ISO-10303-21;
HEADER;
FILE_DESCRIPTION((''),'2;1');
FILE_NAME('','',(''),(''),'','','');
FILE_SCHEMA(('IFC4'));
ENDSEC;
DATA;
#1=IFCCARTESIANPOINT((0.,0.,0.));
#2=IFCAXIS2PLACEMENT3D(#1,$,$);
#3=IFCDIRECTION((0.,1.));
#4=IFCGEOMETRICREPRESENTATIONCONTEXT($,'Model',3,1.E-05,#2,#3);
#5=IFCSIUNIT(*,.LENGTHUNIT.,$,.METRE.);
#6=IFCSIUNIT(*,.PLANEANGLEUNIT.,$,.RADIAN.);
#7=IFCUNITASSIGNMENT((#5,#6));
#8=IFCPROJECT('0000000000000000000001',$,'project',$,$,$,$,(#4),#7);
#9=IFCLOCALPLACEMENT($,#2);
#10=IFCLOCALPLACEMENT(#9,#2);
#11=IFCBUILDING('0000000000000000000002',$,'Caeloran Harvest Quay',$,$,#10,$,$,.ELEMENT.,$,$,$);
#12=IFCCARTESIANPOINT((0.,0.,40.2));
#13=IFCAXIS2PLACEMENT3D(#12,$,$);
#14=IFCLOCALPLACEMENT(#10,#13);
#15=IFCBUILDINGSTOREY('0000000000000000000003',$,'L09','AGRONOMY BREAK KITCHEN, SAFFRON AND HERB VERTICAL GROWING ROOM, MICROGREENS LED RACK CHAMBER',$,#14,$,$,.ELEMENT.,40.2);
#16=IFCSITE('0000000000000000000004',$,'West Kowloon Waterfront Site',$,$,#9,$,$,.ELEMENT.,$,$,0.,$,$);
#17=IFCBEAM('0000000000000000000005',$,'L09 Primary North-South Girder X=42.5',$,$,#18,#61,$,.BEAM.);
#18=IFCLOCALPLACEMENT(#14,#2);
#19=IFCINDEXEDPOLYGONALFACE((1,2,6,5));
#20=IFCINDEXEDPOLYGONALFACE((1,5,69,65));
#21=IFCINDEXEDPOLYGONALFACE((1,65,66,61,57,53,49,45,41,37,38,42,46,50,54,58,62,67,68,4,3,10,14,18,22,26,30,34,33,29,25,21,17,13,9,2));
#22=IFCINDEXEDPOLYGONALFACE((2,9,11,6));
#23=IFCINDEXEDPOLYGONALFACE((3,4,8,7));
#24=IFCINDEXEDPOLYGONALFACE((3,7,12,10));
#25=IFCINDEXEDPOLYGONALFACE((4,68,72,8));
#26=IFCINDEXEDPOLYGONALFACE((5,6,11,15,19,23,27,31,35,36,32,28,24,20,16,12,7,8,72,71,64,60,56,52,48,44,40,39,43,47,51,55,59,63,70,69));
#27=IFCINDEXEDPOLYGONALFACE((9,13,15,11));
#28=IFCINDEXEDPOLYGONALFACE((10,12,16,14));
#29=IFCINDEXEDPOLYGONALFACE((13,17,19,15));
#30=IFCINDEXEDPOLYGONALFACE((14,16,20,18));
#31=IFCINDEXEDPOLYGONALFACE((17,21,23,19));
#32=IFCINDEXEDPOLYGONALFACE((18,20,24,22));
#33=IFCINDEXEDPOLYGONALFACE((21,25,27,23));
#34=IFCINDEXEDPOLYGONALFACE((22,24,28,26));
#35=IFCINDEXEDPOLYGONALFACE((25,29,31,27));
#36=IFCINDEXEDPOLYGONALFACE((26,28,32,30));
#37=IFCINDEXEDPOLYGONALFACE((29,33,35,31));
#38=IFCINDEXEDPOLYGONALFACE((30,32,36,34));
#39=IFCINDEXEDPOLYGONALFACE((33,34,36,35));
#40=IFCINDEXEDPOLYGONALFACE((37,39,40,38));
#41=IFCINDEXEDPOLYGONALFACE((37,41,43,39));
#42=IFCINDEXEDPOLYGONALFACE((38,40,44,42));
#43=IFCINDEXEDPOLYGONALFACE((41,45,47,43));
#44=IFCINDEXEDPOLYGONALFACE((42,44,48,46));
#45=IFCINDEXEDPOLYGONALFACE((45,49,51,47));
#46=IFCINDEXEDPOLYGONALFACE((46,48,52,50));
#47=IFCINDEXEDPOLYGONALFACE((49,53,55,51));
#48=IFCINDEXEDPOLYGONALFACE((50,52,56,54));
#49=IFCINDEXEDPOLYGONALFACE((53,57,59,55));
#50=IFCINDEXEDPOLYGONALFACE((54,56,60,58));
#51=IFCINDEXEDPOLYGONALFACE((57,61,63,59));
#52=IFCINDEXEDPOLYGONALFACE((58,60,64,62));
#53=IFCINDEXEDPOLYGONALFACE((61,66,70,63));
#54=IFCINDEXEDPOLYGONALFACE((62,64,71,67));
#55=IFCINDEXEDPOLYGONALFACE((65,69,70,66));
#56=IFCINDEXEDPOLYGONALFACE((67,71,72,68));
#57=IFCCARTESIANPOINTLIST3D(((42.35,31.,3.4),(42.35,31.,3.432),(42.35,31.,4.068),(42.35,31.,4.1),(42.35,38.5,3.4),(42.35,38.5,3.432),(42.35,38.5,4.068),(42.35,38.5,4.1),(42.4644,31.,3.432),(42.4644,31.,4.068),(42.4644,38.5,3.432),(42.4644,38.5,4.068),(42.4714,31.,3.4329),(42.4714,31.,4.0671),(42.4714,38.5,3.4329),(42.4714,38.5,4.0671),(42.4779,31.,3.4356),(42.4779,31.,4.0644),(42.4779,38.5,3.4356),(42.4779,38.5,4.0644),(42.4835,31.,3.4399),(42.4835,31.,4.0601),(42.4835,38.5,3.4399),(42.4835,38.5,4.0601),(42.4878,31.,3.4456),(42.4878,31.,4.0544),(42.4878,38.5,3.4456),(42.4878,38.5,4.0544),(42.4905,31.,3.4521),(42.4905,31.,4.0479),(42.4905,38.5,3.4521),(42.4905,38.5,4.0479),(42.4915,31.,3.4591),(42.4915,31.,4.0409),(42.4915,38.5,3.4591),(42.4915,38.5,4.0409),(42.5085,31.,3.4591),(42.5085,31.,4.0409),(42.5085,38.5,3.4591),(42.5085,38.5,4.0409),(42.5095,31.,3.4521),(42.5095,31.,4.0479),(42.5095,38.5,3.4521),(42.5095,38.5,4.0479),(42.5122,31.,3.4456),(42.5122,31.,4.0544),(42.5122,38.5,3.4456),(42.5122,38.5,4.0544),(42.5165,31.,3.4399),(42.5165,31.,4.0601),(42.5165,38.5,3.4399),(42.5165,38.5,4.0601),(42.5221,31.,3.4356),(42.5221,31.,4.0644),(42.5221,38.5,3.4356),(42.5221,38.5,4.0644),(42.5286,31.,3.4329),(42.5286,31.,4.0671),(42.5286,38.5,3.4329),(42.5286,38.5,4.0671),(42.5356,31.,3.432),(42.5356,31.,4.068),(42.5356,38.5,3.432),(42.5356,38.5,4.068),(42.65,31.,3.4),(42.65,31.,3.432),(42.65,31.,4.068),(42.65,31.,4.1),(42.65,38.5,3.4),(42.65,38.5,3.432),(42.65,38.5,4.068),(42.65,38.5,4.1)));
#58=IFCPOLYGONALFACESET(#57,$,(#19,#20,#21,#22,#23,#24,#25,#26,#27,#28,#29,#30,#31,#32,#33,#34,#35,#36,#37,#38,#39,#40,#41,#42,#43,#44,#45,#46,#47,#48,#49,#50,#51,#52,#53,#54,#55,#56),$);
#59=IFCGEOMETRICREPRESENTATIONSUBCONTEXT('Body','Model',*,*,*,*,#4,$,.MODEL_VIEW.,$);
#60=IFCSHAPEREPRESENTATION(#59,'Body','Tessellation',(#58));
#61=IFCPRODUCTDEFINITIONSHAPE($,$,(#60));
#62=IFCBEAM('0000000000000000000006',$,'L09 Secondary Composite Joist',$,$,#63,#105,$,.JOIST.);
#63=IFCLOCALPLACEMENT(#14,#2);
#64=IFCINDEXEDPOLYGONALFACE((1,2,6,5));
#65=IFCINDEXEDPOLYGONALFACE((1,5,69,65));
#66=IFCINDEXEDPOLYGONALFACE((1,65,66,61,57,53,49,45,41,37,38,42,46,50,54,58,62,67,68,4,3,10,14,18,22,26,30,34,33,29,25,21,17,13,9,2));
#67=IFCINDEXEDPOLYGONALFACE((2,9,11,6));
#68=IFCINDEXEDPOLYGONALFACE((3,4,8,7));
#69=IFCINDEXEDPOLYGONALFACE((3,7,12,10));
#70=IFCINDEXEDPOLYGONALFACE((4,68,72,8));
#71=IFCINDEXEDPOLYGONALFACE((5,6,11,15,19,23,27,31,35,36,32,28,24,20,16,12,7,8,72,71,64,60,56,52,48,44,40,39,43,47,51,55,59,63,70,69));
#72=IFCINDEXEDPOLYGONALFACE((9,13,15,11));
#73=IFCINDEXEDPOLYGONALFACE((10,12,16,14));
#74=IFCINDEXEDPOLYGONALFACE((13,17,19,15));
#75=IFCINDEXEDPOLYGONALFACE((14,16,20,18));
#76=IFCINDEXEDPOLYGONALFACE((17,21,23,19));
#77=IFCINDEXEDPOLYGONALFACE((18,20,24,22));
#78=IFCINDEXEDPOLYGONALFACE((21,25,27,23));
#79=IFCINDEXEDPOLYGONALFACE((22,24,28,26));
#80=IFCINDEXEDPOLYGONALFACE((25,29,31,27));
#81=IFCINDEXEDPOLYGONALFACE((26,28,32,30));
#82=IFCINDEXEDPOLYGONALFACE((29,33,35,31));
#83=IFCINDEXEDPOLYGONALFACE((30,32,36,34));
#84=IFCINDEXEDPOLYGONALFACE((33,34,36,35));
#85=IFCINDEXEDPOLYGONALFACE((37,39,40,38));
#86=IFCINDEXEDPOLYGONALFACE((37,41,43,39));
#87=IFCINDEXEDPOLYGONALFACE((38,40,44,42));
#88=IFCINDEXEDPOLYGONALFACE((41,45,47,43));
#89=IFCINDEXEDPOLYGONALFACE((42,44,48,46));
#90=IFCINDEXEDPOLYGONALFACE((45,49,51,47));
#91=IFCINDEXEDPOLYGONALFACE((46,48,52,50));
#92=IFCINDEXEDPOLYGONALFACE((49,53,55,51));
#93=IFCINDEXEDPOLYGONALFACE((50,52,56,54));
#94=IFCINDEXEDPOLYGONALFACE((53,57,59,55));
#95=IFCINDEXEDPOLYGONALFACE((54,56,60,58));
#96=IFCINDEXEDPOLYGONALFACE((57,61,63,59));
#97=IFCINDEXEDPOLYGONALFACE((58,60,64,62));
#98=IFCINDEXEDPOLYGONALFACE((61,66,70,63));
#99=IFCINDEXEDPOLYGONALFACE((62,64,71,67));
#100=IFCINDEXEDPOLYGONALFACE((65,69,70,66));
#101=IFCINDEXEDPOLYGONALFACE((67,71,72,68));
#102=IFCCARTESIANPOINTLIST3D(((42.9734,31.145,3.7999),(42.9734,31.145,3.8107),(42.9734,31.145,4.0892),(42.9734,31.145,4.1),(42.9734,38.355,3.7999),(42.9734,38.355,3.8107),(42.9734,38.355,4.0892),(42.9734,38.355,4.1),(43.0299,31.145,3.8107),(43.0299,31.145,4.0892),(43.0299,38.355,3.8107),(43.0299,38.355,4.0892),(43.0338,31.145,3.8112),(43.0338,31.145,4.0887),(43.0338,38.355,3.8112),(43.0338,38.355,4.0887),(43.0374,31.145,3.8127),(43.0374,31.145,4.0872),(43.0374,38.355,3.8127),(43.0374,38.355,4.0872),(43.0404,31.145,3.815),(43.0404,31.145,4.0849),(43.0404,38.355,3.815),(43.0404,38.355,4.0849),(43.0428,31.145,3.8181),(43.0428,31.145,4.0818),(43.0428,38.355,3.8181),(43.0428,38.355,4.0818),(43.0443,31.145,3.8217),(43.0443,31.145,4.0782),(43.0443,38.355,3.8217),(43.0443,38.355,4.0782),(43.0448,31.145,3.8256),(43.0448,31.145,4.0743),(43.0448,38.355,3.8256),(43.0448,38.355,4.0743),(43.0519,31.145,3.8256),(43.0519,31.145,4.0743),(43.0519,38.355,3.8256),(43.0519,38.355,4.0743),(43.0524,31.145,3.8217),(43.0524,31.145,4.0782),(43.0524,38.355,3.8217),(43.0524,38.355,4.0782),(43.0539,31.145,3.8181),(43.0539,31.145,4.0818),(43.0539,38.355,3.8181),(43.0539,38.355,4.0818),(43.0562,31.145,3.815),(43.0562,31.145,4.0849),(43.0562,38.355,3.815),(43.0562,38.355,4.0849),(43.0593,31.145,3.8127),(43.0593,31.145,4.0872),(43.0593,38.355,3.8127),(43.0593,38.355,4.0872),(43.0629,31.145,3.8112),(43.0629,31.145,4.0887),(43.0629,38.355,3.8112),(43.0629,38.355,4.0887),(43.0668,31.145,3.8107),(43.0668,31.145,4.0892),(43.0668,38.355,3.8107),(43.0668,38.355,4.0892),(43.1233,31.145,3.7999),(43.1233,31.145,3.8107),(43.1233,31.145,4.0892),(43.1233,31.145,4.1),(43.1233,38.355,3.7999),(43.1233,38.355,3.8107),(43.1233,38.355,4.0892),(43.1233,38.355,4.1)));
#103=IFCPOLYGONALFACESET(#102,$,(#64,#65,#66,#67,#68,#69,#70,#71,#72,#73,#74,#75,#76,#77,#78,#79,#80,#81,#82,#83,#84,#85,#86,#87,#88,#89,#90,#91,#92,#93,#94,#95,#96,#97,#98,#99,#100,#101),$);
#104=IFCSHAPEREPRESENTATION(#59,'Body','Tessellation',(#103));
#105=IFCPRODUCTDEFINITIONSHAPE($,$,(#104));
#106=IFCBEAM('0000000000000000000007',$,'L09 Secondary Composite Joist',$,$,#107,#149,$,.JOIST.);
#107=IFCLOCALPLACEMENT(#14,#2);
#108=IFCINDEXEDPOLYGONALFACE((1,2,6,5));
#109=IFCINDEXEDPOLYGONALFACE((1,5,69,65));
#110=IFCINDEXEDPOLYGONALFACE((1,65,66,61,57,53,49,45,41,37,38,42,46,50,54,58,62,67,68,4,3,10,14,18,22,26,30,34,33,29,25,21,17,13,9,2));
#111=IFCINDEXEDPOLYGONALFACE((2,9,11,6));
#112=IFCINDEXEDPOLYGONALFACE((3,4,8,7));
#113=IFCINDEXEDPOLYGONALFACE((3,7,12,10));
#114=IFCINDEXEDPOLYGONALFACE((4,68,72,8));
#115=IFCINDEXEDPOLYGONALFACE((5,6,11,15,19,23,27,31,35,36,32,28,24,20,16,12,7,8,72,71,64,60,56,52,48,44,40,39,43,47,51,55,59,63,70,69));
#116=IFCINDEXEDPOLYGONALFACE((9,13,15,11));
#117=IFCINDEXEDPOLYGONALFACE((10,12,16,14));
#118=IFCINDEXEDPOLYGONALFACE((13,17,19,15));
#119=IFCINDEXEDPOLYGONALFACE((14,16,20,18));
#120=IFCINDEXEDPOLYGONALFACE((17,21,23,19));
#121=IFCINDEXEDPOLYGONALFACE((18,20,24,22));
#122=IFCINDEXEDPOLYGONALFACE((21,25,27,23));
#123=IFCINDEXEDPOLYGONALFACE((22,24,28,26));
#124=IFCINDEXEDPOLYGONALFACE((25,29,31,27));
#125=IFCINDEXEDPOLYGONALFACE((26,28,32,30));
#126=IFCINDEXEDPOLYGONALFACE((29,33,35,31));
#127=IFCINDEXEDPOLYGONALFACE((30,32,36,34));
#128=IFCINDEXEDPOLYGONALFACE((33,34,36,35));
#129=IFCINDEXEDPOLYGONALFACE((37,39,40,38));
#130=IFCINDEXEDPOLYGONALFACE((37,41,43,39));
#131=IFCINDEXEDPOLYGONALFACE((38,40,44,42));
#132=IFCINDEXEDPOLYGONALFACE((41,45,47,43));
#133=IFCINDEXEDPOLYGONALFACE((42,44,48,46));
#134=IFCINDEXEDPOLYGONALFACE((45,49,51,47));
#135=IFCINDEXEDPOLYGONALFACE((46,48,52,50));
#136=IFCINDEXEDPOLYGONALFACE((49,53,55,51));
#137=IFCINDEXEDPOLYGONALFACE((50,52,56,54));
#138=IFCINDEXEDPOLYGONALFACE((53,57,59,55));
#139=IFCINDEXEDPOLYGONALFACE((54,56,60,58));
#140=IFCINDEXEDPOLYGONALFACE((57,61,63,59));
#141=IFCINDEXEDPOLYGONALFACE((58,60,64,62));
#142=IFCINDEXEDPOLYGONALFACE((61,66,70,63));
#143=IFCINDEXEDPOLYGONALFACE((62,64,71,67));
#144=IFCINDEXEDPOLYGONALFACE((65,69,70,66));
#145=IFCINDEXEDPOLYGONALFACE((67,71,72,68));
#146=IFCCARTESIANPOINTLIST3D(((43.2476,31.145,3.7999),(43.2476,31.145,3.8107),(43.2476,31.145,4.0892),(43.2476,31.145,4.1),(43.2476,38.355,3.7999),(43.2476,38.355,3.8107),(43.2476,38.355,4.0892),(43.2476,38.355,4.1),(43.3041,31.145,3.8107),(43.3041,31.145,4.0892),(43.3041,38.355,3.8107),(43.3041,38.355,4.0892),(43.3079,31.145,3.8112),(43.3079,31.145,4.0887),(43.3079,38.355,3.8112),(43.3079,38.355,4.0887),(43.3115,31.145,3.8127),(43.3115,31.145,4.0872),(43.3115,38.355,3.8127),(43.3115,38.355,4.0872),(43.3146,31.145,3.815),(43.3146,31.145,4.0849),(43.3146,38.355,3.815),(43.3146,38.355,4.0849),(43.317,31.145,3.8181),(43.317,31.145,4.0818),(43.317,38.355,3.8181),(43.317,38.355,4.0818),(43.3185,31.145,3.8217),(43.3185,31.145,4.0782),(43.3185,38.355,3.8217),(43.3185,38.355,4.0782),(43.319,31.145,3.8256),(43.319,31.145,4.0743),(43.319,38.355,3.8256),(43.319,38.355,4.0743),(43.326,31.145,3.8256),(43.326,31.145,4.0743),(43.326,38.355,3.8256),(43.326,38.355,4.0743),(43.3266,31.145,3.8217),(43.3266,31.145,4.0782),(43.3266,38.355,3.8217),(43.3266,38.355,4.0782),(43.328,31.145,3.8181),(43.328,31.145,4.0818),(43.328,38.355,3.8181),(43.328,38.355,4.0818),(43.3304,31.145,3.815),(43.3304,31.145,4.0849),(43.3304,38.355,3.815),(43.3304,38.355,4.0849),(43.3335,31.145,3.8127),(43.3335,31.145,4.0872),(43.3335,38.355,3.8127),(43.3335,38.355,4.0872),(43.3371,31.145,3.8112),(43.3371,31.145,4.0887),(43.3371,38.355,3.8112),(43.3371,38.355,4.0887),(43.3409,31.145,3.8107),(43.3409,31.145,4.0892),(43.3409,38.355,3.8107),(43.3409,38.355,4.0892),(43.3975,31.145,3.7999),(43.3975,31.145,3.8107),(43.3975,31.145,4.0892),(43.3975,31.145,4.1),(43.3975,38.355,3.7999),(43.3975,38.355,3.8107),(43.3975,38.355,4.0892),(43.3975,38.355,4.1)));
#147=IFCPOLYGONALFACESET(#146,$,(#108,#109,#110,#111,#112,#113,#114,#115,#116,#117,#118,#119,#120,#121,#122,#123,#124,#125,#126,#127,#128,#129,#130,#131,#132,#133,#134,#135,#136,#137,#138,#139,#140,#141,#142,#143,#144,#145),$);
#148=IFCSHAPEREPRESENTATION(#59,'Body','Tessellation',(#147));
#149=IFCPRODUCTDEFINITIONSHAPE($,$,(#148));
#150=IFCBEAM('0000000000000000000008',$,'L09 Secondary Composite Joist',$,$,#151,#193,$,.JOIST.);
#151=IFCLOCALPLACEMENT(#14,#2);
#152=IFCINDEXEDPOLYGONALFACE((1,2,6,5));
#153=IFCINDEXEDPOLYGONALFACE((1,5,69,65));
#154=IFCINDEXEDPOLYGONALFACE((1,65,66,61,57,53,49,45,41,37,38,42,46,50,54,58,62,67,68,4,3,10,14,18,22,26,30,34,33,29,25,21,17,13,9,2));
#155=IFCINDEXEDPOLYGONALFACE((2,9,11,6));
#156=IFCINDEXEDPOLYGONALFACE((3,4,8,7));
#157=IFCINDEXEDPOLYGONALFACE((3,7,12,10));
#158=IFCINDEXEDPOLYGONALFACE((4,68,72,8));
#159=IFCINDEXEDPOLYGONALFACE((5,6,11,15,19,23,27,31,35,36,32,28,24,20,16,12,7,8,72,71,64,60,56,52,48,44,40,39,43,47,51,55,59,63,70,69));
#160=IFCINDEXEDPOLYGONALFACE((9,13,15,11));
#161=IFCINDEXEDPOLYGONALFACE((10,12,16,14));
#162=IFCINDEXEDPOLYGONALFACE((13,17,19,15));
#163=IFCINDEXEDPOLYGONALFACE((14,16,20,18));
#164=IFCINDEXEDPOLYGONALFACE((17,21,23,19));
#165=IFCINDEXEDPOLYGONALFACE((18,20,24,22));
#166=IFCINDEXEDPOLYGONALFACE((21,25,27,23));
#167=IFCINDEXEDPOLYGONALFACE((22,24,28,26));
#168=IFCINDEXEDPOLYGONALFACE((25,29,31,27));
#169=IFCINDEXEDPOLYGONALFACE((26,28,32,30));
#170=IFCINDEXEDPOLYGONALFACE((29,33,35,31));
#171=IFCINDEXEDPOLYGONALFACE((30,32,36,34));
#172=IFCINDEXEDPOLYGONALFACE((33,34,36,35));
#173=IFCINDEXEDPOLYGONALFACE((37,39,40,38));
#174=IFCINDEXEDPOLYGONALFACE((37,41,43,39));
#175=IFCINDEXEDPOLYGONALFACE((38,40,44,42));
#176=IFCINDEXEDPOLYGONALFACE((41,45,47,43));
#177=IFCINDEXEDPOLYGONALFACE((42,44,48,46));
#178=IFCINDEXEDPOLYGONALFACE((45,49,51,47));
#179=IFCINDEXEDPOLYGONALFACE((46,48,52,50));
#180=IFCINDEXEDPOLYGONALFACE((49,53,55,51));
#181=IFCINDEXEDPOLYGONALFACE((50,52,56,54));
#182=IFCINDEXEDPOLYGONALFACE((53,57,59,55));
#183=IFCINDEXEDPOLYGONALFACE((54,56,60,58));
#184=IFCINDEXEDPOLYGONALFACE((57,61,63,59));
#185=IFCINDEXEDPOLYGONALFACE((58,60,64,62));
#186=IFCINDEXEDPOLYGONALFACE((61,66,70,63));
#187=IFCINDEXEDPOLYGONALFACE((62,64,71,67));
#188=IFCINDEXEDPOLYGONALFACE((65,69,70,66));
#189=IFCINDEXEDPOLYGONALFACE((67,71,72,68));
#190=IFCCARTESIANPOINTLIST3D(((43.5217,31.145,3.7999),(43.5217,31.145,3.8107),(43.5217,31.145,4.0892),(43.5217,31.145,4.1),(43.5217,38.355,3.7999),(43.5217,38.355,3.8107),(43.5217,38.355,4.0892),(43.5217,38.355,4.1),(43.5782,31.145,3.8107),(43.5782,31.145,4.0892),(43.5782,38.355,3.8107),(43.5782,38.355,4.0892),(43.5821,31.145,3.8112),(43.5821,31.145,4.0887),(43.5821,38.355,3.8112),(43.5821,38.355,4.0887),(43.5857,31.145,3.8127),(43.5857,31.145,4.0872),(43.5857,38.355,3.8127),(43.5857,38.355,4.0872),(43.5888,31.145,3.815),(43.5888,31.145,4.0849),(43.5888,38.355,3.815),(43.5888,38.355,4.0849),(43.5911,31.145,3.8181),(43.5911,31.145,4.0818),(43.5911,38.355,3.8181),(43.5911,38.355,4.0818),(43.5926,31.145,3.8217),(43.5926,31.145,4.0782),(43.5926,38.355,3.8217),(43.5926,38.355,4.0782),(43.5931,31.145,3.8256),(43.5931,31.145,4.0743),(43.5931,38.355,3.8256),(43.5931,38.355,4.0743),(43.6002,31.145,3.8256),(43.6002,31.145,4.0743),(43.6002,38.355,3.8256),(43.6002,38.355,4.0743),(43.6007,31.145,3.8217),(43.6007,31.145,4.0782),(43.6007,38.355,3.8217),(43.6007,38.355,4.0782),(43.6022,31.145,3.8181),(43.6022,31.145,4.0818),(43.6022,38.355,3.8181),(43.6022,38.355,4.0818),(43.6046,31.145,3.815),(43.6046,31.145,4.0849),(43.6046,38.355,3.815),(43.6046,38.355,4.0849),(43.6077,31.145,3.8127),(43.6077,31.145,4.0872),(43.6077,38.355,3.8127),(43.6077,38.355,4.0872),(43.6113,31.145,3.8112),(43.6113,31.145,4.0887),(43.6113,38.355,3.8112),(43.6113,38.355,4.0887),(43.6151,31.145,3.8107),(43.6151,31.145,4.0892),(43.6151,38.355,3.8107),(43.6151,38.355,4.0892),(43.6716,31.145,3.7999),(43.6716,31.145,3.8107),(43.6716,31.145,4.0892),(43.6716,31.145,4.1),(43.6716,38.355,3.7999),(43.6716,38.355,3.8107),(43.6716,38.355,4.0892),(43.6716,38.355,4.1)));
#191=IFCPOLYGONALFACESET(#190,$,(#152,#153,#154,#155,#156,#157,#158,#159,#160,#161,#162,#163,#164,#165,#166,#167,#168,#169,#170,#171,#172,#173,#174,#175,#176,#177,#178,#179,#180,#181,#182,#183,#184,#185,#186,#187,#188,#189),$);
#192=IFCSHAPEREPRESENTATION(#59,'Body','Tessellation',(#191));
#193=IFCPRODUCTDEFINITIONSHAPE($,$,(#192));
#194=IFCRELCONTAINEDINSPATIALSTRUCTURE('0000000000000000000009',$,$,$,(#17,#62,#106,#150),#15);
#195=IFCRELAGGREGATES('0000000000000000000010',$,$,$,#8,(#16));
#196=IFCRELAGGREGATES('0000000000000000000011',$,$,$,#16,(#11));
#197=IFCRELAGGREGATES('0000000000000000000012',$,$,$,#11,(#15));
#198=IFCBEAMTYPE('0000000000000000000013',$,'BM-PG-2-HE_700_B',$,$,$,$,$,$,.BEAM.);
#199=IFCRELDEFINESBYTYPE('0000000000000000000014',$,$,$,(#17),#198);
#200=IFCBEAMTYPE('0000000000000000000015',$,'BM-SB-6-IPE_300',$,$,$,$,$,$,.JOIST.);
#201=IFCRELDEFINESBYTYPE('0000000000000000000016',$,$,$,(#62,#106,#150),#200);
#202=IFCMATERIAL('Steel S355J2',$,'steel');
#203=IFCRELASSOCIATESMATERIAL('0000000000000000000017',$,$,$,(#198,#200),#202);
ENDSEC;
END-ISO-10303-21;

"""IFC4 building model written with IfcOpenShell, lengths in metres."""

from ifc_helpers import new_model, si_unit, direction, frame, origin, origin_2d, place, context, subcontext, project, spatial, i_section, extrude, material, material_profile, profile_set, type_object, element, save


model = new_model("IFC4")

# Units and contexts
model_context = context("Model", 3, precision=1e-05, world=origin(), true_north=direction((0.0, 1.0)))
body_context = subcontext(model_context, "Body", "Model", "MODEL_VIEW")
ifc_project = project(units=[si_unit("LENGTHUNIT", "METRE"), si_unit("PLANEANGLEUNIT", "RADIAN")], contexts=[model_context])

# Site, building, storey
site_placement = place(None, origin())
site = spatial("IfcSite", under=ifc_project, at=site_placement, Name="West Kowloon Waterfront Site", CompositionType="ELEMENT", RefElevation=0.0)
building_placement = place(site_placement, origin())
building = spatial("IfcBuilding", under=site, at=building_placement, Name="Caeloran Harvest Quay", CompositionType="ELEMENT")
storey_placement = place(building_placement, frame((0.0, 0.0, 40.2)))
storey = spatial("IfcBuildingStorey", under=building, at=storey_placement, Name="L09", Description="AGRONOMY BREAK KITCHEN, SAFFRON AND HERB VERTICAL GROWING ROOM, MICROGREENS LED RACK CHAMBER", CompositionType="ELEMENT", Elevation=40.2)

# Beams
ifc_material_1 = material(Name="Steel S355J2", Category="steel")
ifc_material_profile_1 = material_profile(ifc_material_1, i_section(OverallWidth=0.3, OverallDepth=0.7, WebThickness=0.0171, FlangeThickness=0.032, FilletRadius=0.0271, at=origin_2d()), Name="HE 700 B")
ifc_profile_set_1 = profile_set([ifc_material_profile_1], Name="Steel S355J2")
beam_type_1 = type_object("IfcBeamType", Name="BM-PG-2-HE_700_B", PredefinedType="BEAM", material=ifc_profile_set_1)
beam_placement = place(storey_placement, frame((42.5, 31.0, 3.75), z_axis=(0.0, 1.0, 0.0), x_axis=(-1.0, 0.0, 0.0)))
element("IfcBeam", 1, at=beam_placement, inside=storey, type_object=beam_type_1, Name="L09 Primary North-South Girder X=42.5", PredefinedType="BEAM", context=body_context, shape_type="SweptSolid", body=[
    extrude(i_section(OverallWidth=0.3, OverallDepth=0.7, WebThickness=0.0171, FlangeThickness=0.032, FilletRadius=0.0271, at=origin_2d()), origin(), (0.0, 0.0, 1.0), 7.5),
])
ifc_material_profile_2 = material_profile(ifc_material_1, i_section(OverallWidth=0.1499, OverallDepth=0.3, WebThickness=0.0071, FlangeThickness=0.0107, FilletRadius=0.0149, at=origin_2d()), Name="IPE 300")
ifc_profile_set_2 = profile_set([ifc_material_profile_2], Name="Steel S355J2")
beam_type_2 = type_object("IfcBeamType", Name="BM-SB-6-IPE_300", PredefinedType="JOIST", material=ifc_profile_set_2)
for number, where, z_axis, x_axis, name in (
    (2, (43.0483, 31.145, 3.95), (0.0, 1.0, 0.0), (-1.0, 0.0, 0.0), "L09 Secondary Composite Joist"),
    (3, (43.3225, 31.145, 3.95), (0.0, 1.0, 0.0), (-1.0, 0.0, 0.0), "L09 Secondary Composite Joist"),
    (4, (43.5967, 31.145, 3.95), (0.0, 1.0, 0.0), (-1.0, 0.0, 0.0), "L09 Secondary Composite Joist"),
):
    element("IfcBeam", number, at=place(storey_placement, frame(where, z_axis=z_axis, x_axis=x_axis)), inside=storey, type_object=beam_type_2, Name=name, PredefinedType="JOIST", context=body_context, shape_type="SweptSolid", body=[
        extrude(i_section(OverallWidth=0.1499, OverallDepth=0.3, WebThickness=0.0071, FlangeThickness=0.0107, FilletRadius=0.0149, at=origin_2d()), origin(), (0.0, 0.0, 1.0), 7.21),
    ])

save(model, "model.ifc")
